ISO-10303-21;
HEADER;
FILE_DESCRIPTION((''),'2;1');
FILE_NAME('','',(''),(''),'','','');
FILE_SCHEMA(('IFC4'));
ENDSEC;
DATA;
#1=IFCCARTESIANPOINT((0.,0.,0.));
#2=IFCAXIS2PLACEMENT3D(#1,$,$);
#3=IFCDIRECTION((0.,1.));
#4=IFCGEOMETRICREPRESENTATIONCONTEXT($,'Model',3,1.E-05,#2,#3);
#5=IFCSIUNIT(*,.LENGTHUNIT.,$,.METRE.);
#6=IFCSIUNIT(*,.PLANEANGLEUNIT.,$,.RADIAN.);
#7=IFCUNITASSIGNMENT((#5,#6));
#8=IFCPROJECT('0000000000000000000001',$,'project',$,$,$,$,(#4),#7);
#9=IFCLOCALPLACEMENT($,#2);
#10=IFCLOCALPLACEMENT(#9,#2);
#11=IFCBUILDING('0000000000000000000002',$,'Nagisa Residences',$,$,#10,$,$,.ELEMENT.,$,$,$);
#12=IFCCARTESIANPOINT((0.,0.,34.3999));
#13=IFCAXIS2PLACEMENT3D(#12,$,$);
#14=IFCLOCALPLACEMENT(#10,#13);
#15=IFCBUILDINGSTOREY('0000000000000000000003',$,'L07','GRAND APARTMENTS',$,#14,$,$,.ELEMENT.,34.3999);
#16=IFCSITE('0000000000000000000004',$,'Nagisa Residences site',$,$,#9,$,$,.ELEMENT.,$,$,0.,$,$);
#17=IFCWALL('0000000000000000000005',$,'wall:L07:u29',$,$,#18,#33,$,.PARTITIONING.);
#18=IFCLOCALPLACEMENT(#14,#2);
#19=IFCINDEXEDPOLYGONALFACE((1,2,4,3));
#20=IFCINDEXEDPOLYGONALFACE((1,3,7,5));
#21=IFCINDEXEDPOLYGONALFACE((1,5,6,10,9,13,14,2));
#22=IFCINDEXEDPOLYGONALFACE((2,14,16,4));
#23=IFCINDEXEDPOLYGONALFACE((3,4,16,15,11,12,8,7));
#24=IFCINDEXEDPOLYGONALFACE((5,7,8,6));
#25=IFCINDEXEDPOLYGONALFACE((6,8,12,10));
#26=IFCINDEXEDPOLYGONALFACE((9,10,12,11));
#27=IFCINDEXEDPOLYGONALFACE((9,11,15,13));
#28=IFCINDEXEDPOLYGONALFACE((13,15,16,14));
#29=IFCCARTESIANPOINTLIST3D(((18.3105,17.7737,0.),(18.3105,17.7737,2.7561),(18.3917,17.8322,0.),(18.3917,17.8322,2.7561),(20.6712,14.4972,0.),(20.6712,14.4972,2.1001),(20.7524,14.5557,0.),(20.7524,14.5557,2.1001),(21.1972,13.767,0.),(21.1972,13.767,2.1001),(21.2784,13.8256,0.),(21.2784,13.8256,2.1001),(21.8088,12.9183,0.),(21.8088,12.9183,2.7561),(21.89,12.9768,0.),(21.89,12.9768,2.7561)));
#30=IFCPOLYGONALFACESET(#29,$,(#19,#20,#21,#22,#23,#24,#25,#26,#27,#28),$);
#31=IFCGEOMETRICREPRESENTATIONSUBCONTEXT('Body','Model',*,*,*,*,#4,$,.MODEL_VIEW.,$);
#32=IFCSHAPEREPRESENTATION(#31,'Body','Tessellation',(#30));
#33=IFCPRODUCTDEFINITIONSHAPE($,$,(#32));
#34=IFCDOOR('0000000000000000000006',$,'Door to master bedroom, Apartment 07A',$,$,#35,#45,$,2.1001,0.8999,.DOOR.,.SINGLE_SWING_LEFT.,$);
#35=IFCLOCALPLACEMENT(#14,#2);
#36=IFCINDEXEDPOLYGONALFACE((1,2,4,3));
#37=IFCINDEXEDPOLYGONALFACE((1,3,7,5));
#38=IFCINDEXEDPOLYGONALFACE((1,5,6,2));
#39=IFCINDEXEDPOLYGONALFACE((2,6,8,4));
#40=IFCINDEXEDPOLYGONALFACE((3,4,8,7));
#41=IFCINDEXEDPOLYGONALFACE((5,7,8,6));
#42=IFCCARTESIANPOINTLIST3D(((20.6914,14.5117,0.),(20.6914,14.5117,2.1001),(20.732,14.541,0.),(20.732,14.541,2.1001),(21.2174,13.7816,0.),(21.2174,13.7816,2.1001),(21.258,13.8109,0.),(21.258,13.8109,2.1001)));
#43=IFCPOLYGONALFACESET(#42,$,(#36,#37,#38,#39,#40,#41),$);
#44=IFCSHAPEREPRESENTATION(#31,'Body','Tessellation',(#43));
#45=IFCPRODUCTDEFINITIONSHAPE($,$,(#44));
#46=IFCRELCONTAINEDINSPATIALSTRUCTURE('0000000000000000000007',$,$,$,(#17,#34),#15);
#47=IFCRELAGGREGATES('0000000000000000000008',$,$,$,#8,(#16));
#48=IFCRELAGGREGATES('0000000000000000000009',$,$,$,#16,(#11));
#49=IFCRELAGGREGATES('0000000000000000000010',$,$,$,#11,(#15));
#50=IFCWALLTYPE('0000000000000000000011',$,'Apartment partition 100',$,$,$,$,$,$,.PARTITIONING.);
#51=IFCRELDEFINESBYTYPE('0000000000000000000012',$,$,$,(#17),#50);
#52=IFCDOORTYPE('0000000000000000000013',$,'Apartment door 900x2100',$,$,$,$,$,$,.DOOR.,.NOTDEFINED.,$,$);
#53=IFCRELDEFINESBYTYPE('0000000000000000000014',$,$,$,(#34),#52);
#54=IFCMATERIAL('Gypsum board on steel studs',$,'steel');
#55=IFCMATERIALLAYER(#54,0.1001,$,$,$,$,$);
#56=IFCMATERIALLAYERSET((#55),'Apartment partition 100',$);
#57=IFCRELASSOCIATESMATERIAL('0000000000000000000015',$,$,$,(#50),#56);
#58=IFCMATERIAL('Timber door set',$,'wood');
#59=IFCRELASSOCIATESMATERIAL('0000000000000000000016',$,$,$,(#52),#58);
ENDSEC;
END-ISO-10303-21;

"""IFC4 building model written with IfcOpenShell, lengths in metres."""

from ifc_helpers import new_model, si_unit, direction, frame, frame_2d, origin, place, context, subcontext, project, spatial, rectangle, extrude, material, layer, layer_set, type_object, element, fill, save


model = new_model("IFC4")

# Units and contexts
model_context = context("Model", 3, precision=1e-05, world=origin(), true_north=direction((0.0, 1.0)))
body_context = subcontext(model_context, "Body", "Model", "MODEL_VIEW")
ifc_project = project(units=[si_unit("LENGTHUNIT", "METRE"), si_unit("PLANEANGLEUNIT", "RADIAN")], contexts=[model_context])

# Site, building, storey
site_placement = place(None, origin())
site = spatial("IfcSite", under=ifc_project, at=site_placement, Name="Nagisa Residences site", CompositionType="ELEMENT", RefElevation=0.0)
building_placement = place(site_placement, origin())
building = spatial("IfcBuilding", under=site, at=building_placement, Name="Nagisa Residences", CompositionType="ELEMENT")
storey_placement = place(building_placement, frame((0.0, 0.0, 34.3999)))
storey = spatial("IfcBuildingStorey", under=building, at=storey_placement, Name="L07", Description="GRAND APARTMENTS", CompositionType="ELEMENT", Elevation=34.3999)

# Shared definitions
ifc_material_1 = material(Name="Gypsum board on steel studs", Category="steel")
ifc_layer_1 = layer(ifc_material_1, 0.1001)
ifc_layer_set_1 = layer_set([ifc_layer_1], Name="Apartment partition 100")
wall_type_1 = type_object("IfcWallType", Name="Apartment partition 100", PredefinedType="PARTITIONING", material=ifc_layer_set_1)
ifc_material_2 = material(Name="Timber door set", Category="wood")
door_type_1 = type_object("IfcDoorType", Name="Apartment door 900x2100", OperationType="NOTDEFINED", PredefinedType="DOOR", material=ifc_material_2)

# Wall, opening, door
wall_1_placement = place(storey_placement, frame((21.8494, 12.9475, 0.0), z_axis=(0.0, 0.0, 1.0), x_axis=(-0.584564, 0.811348, 0.0)))
wall_1 = element("IfcWall", 1, at=wall_1_placement, inside=storey, type_object=wall_type_1, Name="wall:L07:u29", PredefinedType="PARTITIONING", context=body_context, shape_type="SweptSolid", body=[
    extrude(rectangle(XDim=5.9844, YDim=0.1001, at=frame_2d((2.9922, 0.0))), origin(), (0.0, 0.0, 1.0), 2.7561),
])
opening_1_placement = place(wall_1_placement, frame((1.0461, 0.0, 0.0)))
opening_1 = element("IfcOpeningElement", 2, at=opening_1_placement, cuts=wall_1, PredefinedType="OPENING", context=body_context, shape_type="SweptSolid", body=[
    extrude(rectangle(XDim=0.8999, YDim=2.1001, at=frame_2d((0.45, 1.05))), frame((0.0, 0.0601, 0.0), z_axis=(0.0, -1.0, 0.0), x_axis=(1.0, 0.0, 0.0)), (0.0, 0.0, 1.0), 0.1201),
])
door_1_placement = place(opening_1_placement, frame((0.8999, 0.0, 0.0), x_axis=(-1.0, 0.0, 0.0)))
door_1 = element("IfcDoor", 3, at=door_1_placement, inside=storey, type_object=door_type_1, Name="Door to master bedroom, Apartment 07A", OperationType="SINGLE_SWING_LEFT", OverallHeight=2.1001, OverallWidth=0.8999, PredefinedType="DOOR", context=body_context, shape_type="SweptSolid", body=[
    extrude(rectangle(XDim=0.8999, YDim=2.1001, at=frame_2d((0.45, 1.05))), frame((0.0, 0.0249, 0.0), z_axis=(0.0, -1.0, 0.0), x_axis=(1.0, 0.0, 0.0)), (0.0, 0.0, 1.0), 0.05),
])
fill(opening_1, door_1)

save(model, "model.ifc")
